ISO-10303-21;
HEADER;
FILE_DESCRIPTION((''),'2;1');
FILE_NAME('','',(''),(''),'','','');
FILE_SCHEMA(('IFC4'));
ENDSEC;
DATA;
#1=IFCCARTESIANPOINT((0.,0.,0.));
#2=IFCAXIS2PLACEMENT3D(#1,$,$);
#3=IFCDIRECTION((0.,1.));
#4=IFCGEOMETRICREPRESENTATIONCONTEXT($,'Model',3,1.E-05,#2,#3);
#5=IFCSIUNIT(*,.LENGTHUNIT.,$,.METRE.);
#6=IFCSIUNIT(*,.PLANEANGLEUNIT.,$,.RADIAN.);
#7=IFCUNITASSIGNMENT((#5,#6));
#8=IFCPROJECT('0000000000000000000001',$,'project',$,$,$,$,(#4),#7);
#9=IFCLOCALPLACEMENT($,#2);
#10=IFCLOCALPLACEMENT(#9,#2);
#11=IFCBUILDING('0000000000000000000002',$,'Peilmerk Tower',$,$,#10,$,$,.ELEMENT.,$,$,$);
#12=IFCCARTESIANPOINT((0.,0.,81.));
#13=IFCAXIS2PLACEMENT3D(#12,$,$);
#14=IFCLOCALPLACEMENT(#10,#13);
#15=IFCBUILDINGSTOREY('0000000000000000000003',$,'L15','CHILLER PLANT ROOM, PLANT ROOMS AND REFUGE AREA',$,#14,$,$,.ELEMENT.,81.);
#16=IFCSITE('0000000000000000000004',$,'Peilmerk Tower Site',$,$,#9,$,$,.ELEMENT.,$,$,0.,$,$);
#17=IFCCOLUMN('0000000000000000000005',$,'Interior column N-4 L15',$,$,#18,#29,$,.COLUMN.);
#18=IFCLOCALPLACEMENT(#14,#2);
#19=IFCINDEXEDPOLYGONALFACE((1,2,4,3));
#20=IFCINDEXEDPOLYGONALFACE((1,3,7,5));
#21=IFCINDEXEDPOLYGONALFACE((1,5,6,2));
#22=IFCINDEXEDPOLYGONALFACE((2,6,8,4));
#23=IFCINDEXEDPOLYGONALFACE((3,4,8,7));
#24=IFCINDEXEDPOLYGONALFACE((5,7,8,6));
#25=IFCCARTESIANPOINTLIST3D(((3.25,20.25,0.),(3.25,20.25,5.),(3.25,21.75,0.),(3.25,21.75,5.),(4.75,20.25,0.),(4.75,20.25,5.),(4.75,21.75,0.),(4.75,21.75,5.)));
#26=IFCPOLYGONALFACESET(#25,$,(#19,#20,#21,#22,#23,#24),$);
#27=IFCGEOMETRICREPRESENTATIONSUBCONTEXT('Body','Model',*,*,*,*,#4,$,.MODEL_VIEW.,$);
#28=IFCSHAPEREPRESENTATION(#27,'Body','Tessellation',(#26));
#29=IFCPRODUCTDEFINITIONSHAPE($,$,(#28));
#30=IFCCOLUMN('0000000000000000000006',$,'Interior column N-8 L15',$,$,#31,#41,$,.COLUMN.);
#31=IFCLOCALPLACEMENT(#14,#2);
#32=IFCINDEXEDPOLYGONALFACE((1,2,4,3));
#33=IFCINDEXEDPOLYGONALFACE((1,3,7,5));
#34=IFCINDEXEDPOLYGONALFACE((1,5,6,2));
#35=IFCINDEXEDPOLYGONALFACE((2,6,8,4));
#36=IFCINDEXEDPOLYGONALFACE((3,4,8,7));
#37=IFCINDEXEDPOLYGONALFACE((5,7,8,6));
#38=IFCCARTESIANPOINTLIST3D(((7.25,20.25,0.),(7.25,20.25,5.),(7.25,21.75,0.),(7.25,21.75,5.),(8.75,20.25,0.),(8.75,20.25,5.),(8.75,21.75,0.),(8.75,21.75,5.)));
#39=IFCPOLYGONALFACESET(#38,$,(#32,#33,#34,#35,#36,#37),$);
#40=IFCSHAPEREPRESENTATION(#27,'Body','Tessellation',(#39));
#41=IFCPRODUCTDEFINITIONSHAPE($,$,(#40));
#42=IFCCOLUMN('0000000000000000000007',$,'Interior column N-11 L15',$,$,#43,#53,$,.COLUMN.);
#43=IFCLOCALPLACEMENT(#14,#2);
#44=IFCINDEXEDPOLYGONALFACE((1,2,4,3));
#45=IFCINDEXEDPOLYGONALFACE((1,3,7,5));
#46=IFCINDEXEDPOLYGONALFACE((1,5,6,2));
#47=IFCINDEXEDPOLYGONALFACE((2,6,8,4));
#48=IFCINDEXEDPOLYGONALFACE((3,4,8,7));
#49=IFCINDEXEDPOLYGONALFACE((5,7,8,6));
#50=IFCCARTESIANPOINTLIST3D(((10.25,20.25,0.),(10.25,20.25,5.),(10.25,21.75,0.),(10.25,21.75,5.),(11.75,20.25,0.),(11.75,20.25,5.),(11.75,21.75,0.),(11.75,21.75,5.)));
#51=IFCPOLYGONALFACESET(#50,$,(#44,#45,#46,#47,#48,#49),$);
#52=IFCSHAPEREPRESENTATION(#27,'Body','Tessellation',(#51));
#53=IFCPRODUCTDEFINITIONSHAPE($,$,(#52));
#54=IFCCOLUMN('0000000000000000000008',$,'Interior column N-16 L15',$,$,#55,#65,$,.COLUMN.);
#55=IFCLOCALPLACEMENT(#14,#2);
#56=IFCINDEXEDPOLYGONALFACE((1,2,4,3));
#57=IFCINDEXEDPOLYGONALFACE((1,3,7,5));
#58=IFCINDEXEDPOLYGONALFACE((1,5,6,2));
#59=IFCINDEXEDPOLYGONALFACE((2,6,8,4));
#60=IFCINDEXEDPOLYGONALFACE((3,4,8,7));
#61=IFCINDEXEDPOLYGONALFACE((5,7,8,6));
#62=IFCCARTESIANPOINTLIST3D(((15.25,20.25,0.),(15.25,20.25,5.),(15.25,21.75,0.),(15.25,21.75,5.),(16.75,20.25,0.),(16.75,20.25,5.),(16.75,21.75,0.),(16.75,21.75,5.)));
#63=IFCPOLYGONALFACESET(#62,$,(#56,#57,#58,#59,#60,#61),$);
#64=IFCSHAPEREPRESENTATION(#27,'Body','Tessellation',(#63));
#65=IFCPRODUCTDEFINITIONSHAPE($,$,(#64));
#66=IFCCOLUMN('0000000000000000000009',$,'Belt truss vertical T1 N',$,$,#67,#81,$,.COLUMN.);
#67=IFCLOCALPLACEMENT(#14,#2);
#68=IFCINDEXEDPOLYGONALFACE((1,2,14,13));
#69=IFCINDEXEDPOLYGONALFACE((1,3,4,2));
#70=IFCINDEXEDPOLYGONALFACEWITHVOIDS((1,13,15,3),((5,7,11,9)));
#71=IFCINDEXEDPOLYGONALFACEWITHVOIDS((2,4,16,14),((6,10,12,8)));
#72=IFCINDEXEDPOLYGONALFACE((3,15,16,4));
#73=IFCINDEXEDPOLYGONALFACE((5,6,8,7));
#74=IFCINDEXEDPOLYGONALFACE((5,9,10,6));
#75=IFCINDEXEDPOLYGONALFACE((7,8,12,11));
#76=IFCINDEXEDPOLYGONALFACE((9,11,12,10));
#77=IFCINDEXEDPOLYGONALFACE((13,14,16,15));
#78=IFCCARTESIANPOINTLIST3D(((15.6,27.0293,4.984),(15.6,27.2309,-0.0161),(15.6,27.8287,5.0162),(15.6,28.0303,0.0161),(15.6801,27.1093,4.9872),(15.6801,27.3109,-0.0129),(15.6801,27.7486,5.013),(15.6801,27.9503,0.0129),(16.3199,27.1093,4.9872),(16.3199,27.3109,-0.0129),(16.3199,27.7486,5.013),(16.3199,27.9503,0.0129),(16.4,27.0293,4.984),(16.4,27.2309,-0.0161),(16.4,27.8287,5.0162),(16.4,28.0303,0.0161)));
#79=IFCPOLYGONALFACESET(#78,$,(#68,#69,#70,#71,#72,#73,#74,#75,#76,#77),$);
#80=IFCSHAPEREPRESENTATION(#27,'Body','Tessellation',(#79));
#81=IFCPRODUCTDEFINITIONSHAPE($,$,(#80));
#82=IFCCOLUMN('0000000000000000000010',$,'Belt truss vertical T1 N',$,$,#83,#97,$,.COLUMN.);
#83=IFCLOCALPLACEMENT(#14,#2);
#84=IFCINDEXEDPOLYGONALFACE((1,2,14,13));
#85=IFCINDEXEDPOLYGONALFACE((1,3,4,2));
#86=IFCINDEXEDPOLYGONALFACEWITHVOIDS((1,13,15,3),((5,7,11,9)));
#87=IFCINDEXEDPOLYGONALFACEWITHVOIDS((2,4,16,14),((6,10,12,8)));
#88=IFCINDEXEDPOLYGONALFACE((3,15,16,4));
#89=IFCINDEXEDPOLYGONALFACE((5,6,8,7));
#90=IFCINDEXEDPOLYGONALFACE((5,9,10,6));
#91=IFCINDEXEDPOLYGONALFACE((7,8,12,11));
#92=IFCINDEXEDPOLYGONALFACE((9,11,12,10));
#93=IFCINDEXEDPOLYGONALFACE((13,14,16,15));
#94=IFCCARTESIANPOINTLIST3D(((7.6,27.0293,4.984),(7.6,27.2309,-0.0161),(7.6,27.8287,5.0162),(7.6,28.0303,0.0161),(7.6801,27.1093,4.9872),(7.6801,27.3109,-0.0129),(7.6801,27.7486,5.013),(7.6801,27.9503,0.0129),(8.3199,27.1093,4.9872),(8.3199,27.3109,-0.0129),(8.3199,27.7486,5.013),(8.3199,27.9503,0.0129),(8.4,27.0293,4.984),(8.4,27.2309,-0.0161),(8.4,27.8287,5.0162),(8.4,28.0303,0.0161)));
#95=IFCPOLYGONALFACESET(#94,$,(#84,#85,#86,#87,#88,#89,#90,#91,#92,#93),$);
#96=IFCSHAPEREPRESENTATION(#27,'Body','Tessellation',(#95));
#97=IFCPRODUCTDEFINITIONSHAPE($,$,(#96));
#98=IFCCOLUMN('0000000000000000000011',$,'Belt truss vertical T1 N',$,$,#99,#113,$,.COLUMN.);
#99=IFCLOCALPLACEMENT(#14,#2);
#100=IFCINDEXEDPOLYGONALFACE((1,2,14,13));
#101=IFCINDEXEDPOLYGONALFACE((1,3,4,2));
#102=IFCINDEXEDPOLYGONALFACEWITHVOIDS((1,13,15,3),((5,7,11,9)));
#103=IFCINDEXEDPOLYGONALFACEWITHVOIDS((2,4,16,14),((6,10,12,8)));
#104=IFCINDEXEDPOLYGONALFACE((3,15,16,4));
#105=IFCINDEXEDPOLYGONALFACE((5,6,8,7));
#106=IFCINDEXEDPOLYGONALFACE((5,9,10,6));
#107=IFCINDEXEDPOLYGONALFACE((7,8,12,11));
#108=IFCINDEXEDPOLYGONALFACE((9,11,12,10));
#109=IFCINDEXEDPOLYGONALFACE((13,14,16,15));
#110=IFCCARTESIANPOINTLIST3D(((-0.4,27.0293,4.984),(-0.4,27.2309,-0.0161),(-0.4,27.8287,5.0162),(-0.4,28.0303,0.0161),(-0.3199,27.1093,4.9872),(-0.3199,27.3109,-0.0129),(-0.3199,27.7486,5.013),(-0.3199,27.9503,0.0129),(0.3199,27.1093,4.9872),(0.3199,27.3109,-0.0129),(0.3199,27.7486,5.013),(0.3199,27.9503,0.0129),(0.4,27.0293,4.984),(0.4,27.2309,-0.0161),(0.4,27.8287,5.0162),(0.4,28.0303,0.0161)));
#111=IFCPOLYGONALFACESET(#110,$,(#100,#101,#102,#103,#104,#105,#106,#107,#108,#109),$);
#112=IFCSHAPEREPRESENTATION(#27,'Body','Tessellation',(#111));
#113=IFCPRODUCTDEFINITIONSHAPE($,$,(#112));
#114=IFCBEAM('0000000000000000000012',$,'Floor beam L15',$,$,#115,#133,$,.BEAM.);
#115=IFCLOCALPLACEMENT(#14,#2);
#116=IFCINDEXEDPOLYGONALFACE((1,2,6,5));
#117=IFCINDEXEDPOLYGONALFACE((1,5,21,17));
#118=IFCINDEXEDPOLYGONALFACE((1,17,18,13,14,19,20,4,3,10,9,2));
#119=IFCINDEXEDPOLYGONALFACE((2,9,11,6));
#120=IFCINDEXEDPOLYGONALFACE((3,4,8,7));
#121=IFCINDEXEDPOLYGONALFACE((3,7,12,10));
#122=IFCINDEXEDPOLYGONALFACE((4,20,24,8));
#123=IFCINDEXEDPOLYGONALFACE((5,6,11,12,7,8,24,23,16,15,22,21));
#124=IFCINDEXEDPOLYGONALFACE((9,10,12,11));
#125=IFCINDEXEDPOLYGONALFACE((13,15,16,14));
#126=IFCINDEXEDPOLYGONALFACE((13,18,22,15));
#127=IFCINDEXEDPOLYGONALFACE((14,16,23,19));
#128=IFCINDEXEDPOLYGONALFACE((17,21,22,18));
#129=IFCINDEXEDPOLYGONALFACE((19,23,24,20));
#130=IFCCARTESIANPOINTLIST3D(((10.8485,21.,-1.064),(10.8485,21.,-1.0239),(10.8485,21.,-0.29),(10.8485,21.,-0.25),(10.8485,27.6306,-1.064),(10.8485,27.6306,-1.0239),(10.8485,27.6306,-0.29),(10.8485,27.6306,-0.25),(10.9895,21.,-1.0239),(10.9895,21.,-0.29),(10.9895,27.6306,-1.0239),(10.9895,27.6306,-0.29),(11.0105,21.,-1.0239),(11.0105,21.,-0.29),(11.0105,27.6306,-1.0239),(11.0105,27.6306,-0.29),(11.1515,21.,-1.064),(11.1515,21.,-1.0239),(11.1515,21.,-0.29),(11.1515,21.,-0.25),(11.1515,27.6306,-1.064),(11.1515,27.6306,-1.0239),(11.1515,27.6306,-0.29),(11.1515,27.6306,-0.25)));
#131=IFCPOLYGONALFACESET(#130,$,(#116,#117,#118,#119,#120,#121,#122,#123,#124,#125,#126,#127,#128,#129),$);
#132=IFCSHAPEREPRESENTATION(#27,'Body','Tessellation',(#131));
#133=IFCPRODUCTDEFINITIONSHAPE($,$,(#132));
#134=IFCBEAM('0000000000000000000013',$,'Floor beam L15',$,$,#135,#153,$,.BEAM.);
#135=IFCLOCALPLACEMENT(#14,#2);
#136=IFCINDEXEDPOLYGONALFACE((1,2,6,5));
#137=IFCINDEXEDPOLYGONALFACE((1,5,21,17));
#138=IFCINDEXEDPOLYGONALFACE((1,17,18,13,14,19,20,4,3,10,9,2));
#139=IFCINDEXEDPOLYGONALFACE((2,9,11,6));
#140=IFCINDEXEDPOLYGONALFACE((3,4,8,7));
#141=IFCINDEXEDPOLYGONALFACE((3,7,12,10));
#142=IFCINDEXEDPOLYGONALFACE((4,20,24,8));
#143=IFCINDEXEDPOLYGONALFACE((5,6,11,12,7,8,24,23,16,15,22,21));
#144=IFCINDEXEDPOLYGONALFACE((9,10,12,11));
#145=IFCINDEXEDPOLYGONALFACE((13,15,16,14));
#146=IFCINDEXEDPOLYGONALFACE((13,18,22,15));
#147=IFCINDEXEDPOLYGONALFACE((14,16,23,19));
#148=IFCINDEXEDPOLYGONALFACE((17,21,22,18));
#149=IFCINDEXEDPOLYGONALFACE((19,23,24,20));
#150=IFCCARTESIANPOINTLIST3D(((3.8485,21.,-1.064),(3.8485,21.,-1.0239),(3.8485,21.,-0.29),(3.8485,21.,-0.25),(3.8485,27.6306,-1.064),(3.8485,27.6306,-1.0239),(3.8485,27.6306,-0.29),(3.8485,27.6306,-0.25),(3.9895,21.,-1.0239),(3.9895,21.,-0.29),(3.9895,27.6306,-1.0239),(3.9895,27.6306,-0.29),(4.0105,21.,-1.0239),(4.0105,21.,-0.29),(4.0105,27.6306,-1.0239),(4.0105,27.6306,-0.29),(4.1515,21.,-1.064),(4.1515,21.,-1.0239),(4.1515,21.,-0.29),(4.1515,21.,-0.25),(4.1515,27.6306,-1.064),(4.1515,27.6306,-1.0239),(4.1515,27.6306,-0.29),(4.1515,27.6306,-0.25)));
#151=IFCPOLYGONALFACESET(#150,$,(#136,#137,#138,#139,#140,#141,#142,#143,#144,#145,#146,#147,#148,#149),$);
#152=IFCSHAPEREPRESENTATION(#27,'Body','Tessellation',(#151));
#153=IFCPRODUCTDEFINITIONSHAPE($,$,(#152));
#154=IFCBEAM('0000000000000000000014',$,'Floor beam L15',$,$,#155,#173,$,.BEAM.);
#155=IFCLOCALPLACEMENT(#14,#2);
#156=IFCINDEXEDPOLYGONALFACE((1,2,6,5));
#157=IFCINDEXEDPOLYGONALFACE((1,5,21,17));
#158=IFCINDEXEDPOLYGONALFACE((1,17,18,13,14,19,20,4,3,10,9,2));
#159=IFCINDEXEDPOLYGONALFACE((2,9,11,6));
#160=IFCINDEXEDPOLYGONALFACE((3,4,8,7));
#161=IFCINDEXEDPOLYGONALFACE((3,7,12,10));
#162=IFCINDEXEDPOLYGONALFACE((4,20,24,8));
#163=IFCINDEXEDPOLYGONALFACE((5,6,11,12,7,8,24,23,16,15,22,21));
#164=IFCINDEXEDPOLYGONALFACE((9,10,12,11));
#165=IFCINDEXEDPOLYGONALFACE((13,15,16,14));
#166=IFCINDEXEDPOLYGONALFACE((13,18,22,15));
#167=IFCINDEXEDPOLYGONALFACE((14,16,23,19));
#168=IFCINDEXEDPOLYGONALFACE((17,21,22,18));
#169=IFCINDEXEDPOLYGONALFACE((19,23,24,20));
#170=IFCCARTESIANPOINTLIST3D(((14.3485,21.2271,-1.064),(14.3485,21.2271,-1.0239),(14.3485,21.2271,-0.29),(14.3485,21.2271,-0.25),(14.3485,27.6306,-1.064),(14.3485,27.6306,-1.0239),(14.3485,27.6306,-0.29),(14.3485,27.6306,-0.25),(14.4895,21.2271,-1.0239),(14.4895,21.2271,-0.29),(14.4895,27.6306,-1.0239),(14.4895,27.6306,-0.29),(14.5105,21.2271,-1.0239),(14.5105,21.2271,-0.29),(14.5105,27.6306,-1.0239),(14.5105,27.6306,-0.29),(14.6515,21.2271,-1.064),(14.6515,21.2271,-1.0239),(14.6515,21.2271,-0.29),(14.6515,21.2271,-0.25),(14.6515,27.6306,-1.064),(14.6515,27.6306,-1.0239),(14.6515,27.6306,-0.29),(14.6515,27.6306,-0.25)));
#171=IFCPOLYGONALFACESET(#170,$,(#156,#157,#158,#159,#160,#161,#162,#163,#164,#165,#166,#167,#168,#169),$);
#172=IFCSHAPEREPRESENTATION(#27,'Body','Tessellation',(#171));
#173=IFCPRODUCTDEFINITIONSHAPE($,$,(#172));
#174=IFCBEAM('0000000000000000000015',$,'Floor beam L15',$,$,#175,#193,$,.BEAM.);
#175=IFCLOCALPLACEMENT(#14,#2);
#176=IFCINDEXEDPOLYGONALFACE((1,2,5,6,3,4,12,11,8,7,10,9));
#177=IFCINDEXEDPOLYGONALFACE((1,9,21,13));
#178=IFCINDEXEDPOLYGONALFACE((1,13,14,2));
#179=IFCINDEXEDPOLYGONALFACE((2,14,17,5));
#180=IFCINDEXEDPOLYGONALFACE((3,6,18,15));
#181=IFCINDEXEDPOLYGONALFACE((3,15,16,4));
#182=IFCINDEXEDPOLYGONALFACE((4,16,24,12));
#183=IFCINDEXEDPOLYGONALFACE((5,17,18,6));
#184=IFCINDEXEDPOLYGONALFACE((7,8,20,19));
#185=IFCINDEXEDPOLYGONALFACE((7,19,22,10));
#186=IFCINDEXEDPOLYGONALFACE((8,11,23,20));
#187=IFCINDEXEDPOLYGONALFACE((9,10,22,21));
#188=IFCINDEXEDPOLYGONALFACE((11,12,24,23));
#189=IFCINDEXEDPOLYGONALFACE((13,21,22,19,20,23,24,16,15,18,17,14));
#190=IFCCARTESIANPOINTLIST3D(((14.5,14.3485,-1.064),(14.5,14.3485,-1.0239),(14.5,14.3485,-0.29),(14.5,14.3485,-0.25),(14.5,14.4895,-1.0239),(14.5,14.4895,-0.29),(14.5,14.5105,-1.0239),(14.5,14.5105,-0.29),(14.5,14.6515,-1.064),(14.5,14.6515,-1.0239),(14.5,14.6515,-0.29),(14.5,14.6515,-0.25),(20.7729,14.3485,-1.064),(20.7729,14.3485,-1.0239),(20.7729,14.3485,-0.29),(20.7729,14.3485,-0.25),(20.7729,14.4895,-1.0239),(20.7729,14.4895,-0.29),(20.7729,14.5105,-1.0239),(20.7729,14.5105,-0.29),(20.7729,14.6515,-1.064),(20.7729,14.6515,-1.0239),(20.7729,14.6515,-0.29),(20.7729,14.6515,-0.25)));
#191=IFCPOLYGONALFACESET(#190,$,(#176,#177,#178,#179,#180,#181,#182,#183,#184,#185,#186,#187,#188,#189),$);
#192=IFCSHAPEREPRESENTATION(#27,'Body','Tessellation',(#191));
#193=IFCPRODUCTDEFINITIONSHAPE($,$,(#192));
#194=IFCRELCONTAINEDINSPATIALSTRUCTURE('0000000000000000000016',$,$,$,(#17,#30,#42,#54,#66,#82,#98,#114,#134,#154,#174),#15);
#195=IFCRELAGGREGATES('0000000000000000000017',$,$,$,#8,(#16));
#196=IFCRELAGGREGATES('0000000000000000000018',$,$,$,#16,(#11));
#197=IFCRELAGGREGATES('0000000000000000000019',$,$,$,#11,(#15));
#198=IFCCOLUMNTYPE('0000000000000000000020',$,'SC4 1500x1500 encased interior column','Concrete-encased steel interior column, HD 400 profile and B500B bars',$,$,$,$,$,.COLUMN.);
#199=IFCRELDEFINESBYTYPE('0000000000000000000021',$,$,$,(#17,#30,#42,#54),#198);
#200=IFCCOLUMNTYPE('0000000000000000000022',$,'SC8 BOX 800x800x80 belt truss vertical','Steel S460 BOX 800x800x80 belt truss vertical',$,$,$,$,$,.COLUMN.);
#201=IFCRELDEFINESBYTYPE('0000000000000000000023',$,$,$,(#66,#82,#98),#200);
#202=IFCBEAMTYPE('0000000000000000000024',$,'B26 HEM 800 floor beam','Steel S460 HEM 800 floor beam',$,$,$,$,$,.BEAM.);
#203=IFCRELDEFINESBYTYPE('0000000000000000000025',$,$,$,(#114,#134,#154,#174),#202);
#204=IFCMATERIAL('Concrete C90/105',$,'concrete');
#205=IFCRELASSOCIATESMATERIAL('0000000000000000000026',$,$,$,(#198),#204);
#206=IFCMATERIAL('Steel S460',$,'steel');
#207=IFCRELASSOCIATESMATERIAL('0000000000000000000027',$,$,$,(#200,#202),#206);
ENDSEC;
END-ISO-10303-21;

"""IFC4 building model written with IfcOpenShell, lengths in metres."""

from ifc_helpers import new_model, si_unit, direction, frame, origin, origin_2d, place, context, subcontext, project, spatial, rectangle, hollow_rectangle, i_section, extrude, material, material_profile, profile_set, type_object, element, save


model = new_model("IFC4")

# Units and contexts
model_context = context("Model", 3, precision=1e-05, world=origin(), true_north=direction((0.0, 1.0)))
body_context = subcontext(model_context, "Body", "Model", "MODEL_VIEW")
ifc_project = project(units=[si_unit("LENGTHUNIT", "METRE"), si_unit("PLANEANGLEUNIT", "RADIAN")], contexts=[model_context])

# Site, building, storey
site_placement = place(None, origin())
site = spatial("IfcSite", under=ifc_project, at=site_placement, Name="Peilmerk Tower Site", CompositionType="ELEMENT", RefElevation=0.0)
building_placement = place(site_placement, origin())
building = spatial("IfcBuilding", under=site, at=building_placement, Name="Peilmerk Tower", CompositionType="ELEMENT")
storey_placement = place(building_placement, frame((0.0, 0.0, 81.0)))
storey = spatial("IfcBuildingStorey", under=building, at=storey_placement, Name="L15", Description="CHILLER PLANT ROOM, PLANT ROOMS AND REFUGE AREA", CompositionType="ELEMENT", Elevation=81.0)

# Columns
ifc_material_1 = material(Name="Concrete C90/105", Category="concrete")
ifc_material_profile_1 = material_profile(ifc_material_1, rectangle(XDim=1.5, YDim=1.5, at=origin_2d()), Name="RC 1500x1500")
ifc_profile_set_1 = profile_set([ifc_material_profile_1], Name="Concrete C90/105")
column_type_1 = type_object("IfcColumnType", Name="SC4 1500x1500 encased interior column", Description="Concrete-encased steel interior column, HD 400 profile and B500B bars", PredefinedType="COLUMN", material=ifc_profile_set_1)
for number, where, z_axis, x_axis, name in (
    (1, (4.0, 21.0, 0.0), (0.0, 0.0, 1.0), (1.0, 0.0, 0.0), "Interior column N-4 L15"),
    (2, (8.0, 21.0, 0.0), (0.0, 0.0, 1.0), (1.0, 0.0, 0.0), "Interior column N-8 L15"),
    (3, (11.0, 21.0, 0.0), (0.0, 0.0, 1.0), (1.0, 0.0, 0.0), "Interior column N-11 L15"),
    (4, (16.0, 21.0, 0.0), (0.0, 0.0, 1.0), (1.0, 0.0, 0.0), "Interior column N-16 L15"),
):
    element("IfcColumn", number, at=place(storey_placement, frame(where, z_axis=z_axis, x_axis=x_axis)), inside=storey, type_object=column_type_1, Name=name, PredefinedType="COLUMN", context=body_context, shape_type="SweptSolid", body=[
        extrude(rectangle(XDim=1.5, YDim=1.5, at=origin_2d()), origin(), (0.0, 0.0, 1.0), 5.0),
    ])
ifc_material_2 = material(Name="Steel S460", Category="steel")
ifc_material_profile_2 = material_profile(ifc_material_2, hollow_rectangle(XDim=0.8, YDim=0.8, WallThickness=0.0801, at=origin_2d()), Name="BOX 800x800x80")
ifc_profile_set_2 = profile_set([ifc_material_profile_2], Name="Steel S460")
column_type_2 = type_object("IfcColumnType", Name="SC8 BOX 800x800x80 belt truss vertical", Description="Steel S460 BOX 800x800x80 belt truss vertical", PredefinedType="COLUMN", material=ifc_profile_set_2)
for number, where, z_axis, x_axis, name in (
    (5, (16.0, 27.6306, 0.0), (0.0, -0.040299, 0.999188), (1.0, 0.0, 0.0), "Belt truss vertical T1 N"),
    (6, (8.0, 27.6306, 0.0), (0.0, -0.040299, 0.999188), (1.0, 0.0, 0.0), "Belt truss vertical T1 N"),
    (7, (0.0, 27.6306, 0.0), (0.0, -0.040299, 0.999188), (1.0, 0.0, 0.0), "Belt truss vertical T1 N"),
):
    element("IfcColumn", number, at=place(storey_placement, frame(where, z_axis=z_axis, x_axis=x_axis)), inside=storey, type_object=column_type_2, Name=name, PredefinedType="COLUMN", context=body_context, shape_type="SweptSolid", body=[
        extrude(hollow_rectangle(XDim=0.8, YDim=0.8, WallThickness=0.0801, at=origin_2d()), origin(), (0.0, 0.0, 1.0), 5.0042),
    ])

# Beams
ifc_material_profile_3 = material_profile(ifc_material_2, i_section(OverallWidth=0.303, OverallDepth=0.814, WebThickness=0.021, FlangeThickness=0.04, at=origin_2d()), Name="HEM 800")
ifc_profile_set_3 = profile_set([ifc_material_profile_3], Name="Steel S460")
beam_type_1 = type_object("IfcBeamType", Name="B26 HEM 800 floor beam", Description="Steel S460 HEM 800 floor beam", PredefinedType="BEAM", material=ifc_profile_set_3)
for number, where, z_axis, x_axis, name in (
    (8, (11.0, 21.0, -0.657), (0.0, 1.0, 0.0), (-1.0, 0.0, 0.0), "Floor beam L15"),
    (9, (4.0, 21.0, -0.657), (0.0, 1.0, 0.0), (-1.0, 0.0, 0.0), "Floor beam L15"),
):
    element("IfcBeam", number, at=place(storey_placement, frame(where, z_axis=z_axis, x_axis=x_axis)), inside=storey, type_object=beam_type_1, Name=name, PredefinedType="BEAM", context=body_context, shape_type="SweptSolid", body=[
        extrude(i_section(OverallWidth=0.303, OverallDepth=0.814, WebThickness=0.021, FlangeThickness=0.04, at=origin_2d()), origin(), (0.0, 0.0, 1.0), 6.6306),
    ])
beam_1_placement = place(storey_placement, frame((14.5, 21.2271, -0.657), z_axis=(0.0, 1.0, 0.0), x_axis=(-1.0, 0.0, 0.0)))
element("IfcBeam", 10, at=beam_1_placement, inside=storey, type_object=beam_type_1, Name="Floor beam L15", PredefinedType="BEAM", context=body_context, shape_type="SweptSolid", body=[
    extrude(i_section(OverallWidth=0.303, OverallDepth=0.814, WebThickness=0.021, FlangeThickness=0.04, at=origin_2d()), origin(), (0.0, 0.0, 1.0), 6.4036),
])
beam_2_placement = place(storey_placement, frame((14.5, 14.5, -0.657), z_axis=(1.0, 0.0, 0.0), x_axis=(0.0, 1.0, 0.0)))
element("IfcBeam", 11, at=beam_2_placement, inside=storey, type_object=beam_type_1, Name="Floor beam L15", PredefinedType="BEAM", context=body_context, shape_type="SweptSolid", body=[
    extrude(i_section(OverallWidth=0.303, OverallDepth=0.814, WebThickness=0.021, FlangeThickness=0.04, at=origin_2d()), origin(), (0.0, 0.0, 1.0), 6.2729),
])

save(model, "model.ifc")
